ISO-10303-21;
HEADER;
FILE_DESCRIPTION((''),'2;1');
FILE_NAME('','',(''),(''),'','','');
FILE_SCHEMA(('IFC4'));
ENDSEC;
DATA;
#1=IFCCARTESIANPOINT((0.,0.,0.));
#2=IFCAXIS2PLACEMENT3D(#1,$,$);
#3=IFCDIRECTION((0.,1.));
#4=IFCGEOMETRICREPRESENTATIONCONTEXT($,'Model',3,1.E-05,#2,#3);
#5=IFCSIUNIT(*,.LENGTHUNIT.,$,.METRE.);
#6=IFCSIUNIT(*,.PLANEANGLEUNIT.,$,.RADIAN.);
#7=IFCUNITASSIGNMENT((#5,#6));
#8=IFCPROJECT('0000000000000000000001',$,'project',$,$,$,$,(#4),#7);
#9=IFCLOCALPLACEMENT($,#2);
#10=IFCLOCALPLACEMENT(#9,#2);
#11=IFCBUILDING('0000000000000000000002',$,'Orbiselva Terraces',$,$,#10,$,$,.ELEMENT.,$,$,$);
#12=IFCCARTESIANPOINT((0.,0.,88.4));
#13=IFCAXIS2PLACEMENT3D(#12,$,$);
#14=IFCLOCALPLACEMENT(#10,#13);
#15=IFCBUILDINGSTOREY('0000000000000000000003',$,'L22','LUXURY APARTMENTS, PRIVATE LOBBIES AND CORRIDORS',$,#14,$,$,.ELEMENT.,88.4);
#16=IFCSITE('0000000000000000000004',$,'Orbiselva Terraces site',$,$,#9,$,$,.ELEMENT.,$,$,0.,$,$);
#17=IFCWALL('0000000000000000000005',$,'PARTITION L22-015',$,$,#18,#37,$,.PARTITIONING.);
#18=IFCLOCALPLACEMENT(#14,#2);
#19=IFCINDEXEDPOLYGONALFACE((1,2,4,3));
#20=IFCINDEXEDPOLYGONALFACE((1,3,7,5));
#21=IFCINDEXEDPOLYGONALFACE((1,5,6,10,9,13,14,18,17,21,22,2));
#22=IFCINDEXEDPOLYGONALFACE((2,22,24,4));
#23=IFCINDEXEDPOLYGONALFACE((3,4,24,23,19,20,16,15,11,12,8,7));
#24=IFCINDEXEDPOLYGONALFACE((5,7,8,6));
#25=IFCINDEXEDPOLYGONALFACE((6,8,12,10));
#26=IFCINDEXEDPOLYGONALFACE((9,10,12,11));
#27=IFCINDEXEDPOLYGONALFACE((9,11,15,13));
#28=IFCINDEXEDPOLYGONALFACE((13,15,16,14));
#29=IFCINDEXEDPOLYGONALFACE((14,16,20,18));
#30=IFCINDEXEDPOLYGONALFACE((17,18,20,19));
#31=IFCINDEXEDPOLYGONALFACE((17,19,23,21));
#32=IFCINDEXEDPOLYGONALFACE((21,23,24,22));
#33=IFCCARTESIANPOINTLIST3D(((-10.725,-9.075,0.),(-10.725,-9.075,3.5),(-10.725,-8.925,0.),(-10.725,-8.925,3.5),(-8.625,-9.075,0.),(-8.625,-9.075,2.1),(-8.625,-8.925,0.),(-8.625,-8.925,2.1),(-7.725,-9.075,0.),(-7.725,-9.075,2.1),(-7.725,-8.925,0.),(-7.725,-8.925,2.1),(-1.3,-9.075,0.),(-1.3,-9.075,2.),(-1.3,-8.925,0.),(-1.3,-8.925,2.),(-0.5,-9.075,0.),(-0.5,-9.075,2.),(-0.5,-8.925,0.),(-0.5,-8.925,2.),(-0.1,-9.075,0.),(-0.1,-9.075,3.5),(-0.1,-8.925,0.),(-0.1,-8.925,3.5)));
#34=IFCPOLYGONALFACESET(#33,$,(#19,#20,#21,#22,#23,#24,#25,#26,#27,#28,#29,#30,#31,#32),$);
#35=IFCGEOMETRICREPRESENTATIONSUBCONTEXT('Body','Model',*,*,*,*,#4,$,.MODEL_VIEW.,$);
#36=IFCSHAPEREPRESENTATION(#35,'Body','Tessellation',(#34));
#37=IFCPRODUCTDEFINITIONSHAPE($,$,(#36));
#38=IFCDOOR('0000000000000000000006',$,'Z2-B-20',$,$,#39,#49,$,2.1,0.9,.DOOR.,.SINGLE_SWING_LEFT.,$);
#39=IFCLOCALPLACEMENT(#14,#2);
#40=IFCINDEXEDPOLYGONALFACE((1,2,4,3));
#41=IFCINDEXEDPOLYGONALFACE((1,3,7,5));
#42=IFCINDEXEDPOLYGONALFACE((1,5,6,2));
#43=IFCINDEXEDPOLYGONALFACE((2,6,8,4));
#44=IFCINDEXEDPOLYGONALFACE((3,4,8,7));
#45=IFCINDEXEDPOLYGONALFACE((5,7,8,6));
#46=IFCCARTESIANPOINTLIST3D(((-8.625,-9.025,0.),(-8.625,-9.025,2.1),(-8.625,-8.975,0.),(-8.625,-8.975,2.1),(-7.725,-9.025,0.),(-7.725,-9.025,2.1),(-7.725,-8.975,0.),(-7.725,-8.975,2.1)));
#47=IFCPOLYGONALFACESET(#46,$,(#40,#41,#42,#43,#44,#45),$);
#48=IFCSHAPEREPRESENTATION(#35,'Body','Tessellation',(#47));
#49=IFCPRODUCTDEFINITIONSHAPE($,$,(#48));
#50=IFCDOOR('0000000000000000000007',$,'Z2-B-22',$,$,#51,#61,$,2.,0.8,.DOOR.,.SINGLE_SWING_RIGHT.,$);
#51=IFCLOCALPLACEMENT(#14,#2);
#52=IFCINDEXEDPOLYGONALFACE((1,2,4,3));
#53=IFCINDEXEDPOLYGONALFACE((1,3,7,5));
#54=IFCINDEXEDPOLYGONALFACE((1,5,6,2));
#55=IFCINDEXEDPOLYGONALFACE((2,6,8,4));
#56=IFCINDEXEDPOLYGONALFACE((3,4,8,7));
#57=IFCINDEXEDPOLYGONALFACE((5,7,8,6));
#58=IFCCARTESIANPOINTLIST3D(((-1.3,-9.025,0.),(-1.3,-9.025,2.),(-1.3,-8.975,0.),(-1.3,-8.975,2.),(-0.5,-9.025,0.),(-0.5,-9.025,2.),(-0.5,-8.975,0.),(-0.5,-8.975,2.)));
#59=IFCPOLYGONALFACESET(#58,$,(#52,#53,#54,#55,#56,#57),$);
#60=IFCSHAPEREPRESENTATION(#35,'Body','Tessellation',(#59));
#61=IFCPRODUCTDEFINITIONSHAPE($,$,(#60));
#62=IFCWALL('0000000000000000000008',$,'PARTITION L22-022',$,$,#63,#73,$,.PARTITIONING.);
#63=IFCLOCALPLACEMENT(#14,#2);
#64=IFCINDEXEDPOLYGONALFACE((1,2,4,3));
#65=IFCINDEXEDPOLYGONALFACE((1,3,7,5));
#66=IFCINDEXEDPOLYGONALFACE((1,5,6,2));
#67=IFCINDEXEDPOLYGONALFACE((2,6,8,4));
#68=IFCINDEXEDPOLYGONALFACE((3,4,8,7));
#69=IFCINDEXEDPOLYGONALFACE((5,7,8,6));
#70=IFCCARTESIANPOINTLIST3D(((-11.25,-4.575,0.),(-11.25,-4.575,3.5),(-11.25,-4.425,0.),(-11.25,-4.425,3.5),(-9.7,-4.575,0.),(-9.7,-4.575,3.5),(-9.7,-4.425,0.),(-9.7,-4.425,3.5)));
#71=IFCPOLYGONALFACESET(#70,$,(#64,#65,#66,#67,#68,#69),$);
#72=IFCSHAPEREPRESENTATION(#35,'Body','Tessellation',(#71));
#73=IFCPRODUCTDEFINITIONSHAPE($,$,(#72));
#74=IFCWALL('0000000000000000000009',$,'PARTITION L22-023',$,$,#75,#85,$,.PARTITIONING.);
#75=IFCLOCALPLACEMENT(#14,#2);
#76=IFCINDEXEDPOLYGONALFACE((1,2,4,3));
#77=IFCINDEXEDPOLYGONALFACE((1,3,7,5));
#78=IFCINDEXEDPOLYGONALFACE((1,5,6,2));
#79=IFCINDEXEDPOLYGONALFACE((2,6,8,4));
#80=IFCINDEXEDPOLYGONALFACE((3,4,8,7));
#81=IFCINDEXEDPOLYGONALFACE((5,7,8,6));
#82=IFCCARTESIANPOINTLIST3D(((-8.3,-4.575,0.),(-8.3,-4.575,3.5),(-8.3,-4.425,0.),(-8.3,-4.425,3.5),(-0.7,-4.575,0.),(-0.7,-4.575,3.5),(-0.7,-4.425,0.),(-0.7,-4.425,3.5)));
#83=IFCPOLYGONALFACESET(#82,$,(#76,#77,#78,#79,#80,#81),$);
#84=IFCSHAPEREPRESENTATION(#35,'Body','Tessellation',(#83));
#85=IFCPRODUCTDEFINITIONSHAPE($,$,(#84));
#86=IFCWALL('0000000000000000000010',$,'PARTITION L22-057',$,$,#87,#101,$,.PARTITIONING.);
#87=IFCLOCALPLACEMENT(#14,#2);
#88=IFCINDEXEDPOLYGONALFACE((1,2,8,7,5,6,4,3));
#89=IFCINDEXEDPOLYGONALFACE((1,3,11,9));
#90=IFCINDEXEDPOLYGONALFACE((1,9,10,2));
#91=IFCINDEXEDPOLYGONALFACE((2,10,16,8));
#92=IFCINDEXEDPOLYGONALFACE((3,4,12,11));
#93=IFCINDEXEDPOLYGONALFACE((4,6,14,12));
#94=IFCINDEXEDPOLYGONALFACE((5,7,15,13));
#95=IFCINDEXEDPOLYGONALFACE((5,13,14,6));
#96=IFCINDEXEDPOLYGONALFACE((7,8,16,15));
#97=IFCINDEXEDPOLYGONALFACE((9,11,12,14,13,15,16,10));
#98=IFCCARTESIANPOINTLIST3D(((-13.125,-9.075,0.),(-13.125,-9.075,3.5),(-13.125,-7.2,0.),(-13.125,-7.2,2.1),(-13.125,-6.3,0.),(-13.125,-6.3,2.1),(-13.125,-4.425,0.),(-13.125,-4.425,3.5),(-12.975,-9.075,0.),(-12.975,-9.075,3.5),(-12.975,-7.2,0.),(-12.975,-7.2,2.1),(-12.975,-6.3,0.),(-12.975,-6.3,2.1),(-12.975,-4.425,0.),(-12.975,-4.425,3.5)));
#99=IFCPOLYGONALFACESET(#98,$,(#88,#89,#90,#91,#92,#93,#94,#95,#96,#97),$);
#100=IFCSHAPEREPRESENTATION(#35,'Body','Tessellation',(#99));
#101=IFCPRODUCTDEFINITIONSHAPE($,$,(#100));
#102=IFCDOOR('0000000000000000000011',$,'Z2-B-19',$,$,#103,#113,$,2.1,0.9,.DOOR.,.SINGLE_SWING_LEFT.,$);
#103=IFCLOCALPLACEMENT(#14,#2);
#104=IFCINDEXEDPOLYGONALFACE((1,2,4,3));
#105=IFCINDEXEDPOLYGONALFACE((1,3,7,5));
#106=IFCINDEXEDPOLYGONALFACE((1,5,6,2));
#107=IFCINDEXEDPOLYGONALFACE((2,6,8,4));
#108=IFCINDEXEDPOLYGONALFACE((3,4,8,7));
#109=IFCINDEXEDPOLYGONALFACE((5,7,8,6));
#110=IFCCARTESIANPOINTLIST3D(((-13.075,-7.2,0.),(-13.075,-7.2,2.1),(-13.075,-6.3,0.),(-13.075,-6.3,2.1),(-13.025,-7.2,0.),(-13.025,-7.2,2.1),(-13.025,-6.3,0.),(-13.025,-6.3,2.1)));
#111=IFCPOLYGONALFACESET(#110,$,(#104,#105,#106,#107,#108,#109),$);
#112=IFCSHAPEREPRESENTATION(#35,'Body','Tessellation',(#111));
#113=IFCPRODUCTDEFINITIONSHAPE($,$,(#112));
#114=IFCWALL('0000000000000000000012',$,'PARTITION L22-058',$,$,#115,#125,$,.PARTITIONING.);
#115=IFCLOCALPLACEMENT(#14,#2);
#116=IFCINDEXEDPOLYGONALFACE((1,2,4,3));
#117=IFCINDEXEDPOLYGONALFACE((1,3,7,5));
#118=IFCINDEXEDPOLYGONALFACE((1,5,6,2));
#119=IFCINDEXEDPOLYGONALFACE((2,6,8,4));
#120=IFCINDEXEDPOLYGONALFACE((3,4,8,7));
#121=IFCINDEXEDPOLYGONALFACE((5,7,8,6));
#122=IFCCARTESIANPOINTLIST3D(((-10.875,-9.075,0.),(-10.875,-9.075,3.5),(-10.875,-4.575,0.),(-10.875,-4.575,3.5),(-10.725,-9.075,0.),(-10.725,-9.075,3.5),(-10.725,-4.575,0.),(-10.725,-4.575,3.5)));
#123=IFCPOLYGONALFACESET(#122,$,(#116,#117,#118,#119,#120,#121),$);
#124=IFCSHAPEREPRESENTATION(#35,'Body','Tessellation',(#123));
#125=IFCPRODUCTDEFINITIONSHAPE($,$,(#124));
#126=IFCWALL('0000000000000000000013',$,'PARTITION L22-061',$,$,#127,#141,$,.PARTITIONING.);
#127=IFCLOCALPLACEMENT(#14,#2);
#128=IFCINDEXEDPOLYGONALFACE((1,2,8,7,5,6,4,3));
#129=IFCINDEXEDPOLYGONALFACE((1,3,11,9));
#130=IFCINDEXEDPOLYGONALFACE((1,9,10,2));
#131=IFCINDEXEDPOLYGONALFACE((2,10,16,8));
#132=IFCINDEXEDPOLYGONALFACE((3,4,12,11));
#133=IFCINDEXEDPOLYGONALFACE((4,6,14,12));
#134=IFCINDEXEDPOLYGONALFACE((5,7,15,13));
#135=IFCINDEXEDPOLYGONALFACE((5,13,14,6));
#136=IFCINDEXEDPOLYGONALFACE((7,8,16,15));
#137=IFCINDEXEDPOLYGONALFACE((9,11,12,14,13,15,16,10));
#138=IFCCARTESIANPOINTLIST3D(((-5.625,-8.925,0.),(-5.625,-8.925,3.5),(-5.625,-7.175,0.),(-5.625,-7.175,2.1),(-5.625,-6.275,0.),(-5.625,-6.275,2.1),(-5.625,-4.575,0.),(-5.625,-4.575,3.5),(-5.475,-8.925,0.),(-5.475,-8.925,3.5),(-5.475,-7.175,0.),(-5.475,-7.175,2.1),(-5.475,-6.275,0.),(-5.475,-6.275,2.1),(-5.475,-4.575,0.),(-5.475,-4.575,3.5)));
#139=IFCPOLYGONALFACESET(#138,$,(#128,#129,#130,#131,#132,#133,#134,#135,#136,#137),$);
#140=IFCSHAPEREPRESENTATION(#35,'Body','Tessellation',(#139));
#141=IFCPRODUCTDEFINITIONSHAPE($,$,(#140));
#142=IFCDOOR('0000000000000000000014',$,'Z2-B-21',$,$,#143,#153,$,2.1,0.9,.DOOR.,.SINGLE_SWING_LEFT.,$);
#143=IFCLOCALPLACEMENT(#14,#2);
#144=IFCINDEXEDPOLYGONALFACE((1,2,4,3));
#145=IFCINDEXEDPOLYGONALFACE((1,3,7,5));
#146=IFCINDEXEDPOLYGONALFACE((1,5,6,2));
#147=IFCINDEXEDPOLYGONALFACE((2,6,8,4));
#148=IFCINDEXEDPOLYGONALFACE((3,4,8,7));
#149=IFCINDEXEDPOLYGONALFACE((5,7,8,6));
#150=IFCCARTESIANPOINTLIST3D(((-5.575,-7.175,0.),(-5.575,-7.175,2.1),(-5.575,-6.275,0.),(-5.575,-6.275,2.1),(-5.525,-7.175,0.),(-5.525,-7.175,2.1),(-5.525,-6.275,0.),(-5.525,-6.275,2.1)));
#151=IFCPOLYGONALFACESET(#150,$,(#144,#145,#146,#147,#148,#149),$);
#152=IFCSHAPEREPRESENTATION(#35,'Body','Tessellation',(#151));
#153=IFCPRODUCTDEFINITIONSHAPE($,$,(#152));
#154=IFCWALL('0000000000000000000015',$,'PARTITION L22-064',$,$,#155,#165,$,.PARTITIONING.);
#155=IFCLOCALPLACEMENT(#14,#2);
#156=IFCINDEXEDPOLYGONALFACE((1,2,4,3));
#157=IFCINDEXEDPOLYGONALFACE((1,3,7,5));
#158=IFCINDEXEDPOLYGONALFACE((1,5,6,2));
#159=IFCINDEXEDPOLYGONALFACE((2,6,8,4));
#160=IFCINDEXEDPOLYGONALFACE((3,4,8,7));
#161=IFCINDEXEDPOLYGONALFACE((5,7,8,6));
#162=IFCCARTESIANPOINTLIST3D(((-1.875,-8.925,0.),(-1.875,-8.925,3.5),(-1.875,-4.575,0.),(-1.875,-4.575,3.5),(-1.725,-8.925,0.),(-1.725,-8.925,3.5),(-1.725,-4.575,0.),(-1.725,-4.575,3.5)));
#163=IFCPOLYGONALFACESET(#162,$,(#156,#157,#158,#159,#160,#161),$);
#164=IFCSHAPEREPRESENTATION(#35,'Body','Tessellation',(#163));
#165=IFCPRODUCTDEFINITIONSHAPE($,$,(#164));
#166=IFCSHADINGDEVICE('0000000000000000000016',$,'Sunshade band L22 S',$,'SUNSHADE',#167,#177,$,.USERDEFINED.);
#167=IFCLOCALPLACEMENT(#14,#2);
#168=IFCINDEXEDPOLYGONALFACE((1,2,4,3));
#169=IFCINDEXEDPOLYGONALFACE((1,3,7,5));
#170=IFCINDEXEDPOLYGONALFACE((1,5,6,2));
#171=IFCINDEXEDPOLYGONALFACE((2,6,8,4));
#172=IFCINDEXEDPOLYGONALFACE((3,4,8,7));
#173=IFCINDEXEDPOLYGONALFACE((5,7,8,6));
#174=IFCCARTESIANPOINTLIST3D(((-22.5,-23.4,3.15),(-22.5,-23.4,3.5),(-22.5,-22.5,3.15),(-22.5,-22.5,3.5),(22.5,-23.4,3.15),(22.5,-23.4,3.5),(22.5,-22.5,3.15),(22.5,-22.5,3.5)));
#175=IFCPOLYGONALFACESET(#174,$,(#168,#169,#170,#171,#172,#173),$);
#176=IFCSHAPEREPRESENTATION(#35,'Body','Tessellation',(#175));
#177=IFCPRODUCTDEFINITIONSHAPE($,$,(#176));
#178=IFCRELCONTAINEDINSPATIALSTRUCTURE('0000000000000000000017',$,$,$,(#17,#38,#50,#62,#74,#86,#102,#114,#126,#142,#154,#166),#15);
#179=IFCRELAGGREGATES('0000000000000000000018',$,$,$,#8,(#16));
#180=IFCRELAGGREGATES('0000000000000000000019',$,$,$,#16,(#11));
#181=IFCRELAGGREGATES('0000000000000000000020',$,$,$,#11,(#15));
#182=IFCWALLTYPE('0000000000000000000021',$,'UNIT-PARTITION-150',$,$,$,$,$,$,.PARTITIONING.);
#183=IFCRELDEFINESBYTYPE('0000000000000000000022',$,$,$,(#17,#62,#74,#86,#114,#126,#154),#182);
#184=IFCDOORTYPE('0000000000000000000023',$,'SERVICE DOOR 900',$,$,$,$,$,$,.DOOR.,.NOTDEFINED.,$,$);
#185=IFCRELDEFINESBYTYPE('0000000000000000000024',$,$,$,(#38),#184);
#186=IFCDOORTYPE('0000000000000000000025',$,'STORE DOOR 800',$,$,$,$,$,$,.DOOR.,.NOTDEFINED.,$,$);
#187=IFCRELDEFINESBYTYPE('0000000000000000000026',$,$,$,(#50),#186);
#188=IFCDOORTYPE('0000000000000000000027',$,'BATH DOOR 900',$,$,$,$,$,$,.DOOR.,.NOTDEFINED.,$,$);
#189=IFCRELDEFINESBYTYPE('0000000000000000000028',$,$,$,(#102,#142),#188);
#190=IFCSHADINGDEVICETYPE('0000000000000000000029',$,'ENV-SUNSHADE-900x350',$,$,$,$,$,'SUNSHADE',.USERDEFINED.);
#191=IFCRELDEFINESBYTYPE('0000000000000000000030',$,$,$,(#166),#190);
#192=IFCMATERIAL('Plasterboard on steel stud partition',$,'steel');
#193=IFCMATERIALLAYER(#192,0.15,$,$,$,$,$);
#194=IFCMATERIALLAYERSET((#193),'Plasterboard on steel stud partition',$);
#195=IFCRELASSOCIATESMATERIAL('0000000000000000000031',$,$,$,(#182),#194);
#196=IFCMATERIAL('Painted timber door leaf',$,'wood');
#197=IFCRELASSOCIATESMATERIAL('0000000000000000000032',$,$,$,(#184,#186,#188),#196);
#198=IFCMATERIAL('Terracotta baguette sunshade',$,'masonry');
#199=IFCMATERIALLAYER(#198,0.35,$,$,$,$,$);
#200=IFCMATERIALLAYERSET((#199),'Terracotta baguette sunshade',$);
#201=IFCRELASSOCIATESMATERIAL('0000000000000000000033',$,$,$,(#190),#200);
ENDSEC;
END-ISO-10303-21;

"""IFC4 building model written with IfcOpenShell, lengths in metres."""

from ifc_helpers import new_model, si_unit, direction, frame, frame_2d, origin, place, context, subcontext, project, spatial, polyline, rectangle, outline, extrude, material, layer, layer_set, type_object, element, fill, save


model = new_model("IFC4")

# Units and contexts
model_context = context("Model", 3, precision=1e-05, world=origin(), true_north=direction((0.0, 1.0)))
body_context = subcontext(model_context, "Body", "Model", "MODEL_VIEW")
ifc_project = project(units=[si_unit("LENGTHUNIT", "METRE"), si_unit("PLANEANGLEUNIT", "RADIAN")], contexts=[model_context])

# Site, building, storey
site_placement = place(None, origin())
site = spatial("IfcSite", under=ifc_project, at=site_placement, Name="Orbiselva Terraces site", CompositionType="ELEMENT", RefElevation=0.0)
building_placement = place(site_placement, origin())
building = spatial("IfcBuilding", under=site, at=building_placement, Name="Orbiselva Terraces", CompositionType="ELEMENT")
storey_placement = place(building_placement, frame((0.0, 0.0, 88.4)))
storey = spatial("IfcBuildingStorey", under=building, at=storey_placement, Name="L22", Description="LUXURY APARTMENTS, PRIVATE LOBBIES AND CORRIDORS", CompositionType="ELEMENT", Elevation=88.4)

# Shared definitions
ifc_material_1 = material(Name="Plasterboard on steel stud partition", Category="steel")
ifc_material_2 = material(Name="Painted timber door leaf", Category="wood")

# Wall, openings, doors
ifc_layer_1 = layer(ifc_material_1, 0.15)
ifc_layer_set_1 = layer_set([ifc_layer_1], Name="Plasterboard on steel stud partition")
wall_type_1 = type_object("IfcWallType", Name="UNIT-PARTITION-150", PredefinedType="PARTITIONING", material=ifc_layer_set_1)
wall_1_placement = place(storey_placement, frame((-10.725, -9.0, 0.0), z_axis=(0.0, 0.0, 1.0), x_axis=(1.0, 0.0, 0.0)))
wall_1 = element("IfcWall", 1, at=wall_1_placement, inside=storey, type_object=wall_type_1, Name="PARTITION L22-015", PredefinedType="PARTITIONING", context=body_context, shape_type="SweptSolid", body=[
    extrude(rectangle(XDim=10.625, YDim=0.15, at=frame_2d((5.3125, 0.0))), origin(), (0.0, 0.0, 1.0), 3.5),
])
opening_1_placement = place(wall_1_placement, frame((2.1, 0.0, 0.0)))
opening_1 = element("IfcOpeningElement", 2, at=opening_1_placement, cuts=wall_1, PredefinedType="OPENING", context=body_context, shape_type="SweptSolid", body=[
    extrude(rectangle(XDim=0.9, YDim=2.1, at=frame_2d((0.45, 1.05))), frame((0.0, 0.085, 0.0), z_axis=(0.0, -1.0, 0.0), x_axis=(1.0, 0.0, 0.0)), (0.0, 0.0, 1.0), 0.17),
])
opening_2_placement = place(wall_1_placement, frame((9.425, 0.0, 0.0)))
opening_2 = element("IfcOpeningElement", 3, at=opening_2_placement, cuts=wall_1, PredefinedType="OPENING", context=body_context, shape_type="SweptSolid", body=[
    extrude(rectangle(XDim=0.8, YDim=2.0, at=frame_2d((0.4, 1.0))), frame((0.0, 0.085, 0.0), z_axis=(0.0, -1.0, 0.0), x_axis=(1.0, 0.0, 0.0)), (0.0, 0.0, 1.0), 0.17),
])
door_type_1 = type_object("IfcDoorType", Name="SERVICE DOOR 900", OperationType="NOTDEFINED", PredefinedType="DOOR", material=ifc_material_2)
door_1_placement = place(opening_1_placement, origin())
door_1 = element("IfcDoor", 4, at=door_1_placement, inside=storey, type_object=door_type_1, Name="Z2-B-20", OperationType="SINGLE_SWING_LEFT", OverallHeight=2.1, OverallWidth=0.9, PredefinedType="DOOR", context=body_context, shape_type="SweptSolid", body=[
    extrude(rectangle(XDim=0.9, YDim=2.1, at=frame_2d((0.45, 1.05))), frame((0.0, 0.025, 0.0), z_axis=(0.0, -1.0, 0.0), x_axis=(1.0, 0.0, 0.0)), (0.0, 0.0, 1.0), 0.05),
])
fill(opening_1, door_1)
door_type_2 = type_object("IfcDoorType", Name="STORE DOOR 800", OperationType="NOTDEFINED", PredefinedType="DOOR", material=ifc_material_2)
door_2_placement = place(opening_2_placement, origin())
door_2 = element("IfcDoor", 5, at=door_2_placement, inside=storey, type_object=door_type_2, Name="Z2-B-22", OperationType="SINGLE_SWING_RIGHT", OverallHeight=2.0, OverallWidth=0.8, PredefinedType="DOOR", context=body_context, shape_type="SweptSolid", body=[
    extrude(rectangle(XDim=0.8, YDim=2.0, at=frame_2d((0.4, 1.0))), frame((0.0, 0.025, 0.0), z_axis=(0.0, -1.0, 0.0), x_axis=(1.0, 0.0, 0.0)), (0.0, 0.0, 1.0), 0.05),
])
fill(opening_2, door_2)

# Walls
wall_2_placement = place(storey_placement, frame((-11.25, -4.5, 0.0), z_axis=(0.0, 0.0, 1.0), x_axis=(1.0, 0.0, 0.0)))
element("IfcWall", 6, at=wall_2_placement, inside=storey, type_object=wall_type_1, Name="PARTITION L22-022", PredefinedType="PARTITIONING", context=body_context, shape_type="SweptSolid", body=[
    extrude(rectangle(XDim=1.55, YDim=0.15, at=frame_2d((0.775, 0.0))), origin(), (0.0, 0.0, 1.0), 3.5),
])
wall_3_placement = place(storey_placement, frame((-8.3, -4.5, 0.0), z_axis=(0.0, 0.0, 1.0), x_axis=(1.0, 0.0, 0.0)))
element("IfcWall", 7, at=wall_3_placement, inside=storey, type_object=wall_type_1, Name="PARTITION L22-023", PredefinedType="PARTITIONING", context=body_context, shape_type="SweptSolid", body=[
    extrude(rectangle(XDim=7.6, YDim=0.15, at=frame_2d((3.8, 0.0))), origin(), (0.0, 0.0, 1.0), 3.5),
])

# Wall, opening, door
wall_4_placement = place(storey_placement, frame((-13.05, -9.075, 0.0), z_axis=(0.0, 0.0, 1.0), x_axis=(0.0, 1.0, 0.0)))
wall_4 = element("IfcWall", 8, at=wall_4_placement, inside=storey, type_object=wall_type_1, Name="PARTITION L22-057", PredefinedType="PARTITIONING", context=body_context, shape_type="SweptSolid", body=[
    extrude(rectangle(XDim=4.65, YDim=0.15, at=frame_2d((2.325, 0.0))), origin(), (0.0, 0.0, 1.0), 3.5),
])
opening_3_placement = place(wall_4_placement, frame((1.875, 0.0, 0.0)))
opening_3 = element("IfcOpeningElement", 9, at=opening_3_placement, cuts=wall_4, PredefinedType="OPENING", context=body_context, shape_type="SweptSolid", body=[
    extrude(rectangle(XDim=0.9, YDim=2.1, at=frame_2d((0.45, 1.05))), frame((0.0, 0.085, 0.0), z_axis=(0.0, -1.0, 0.0), x_axis=(1.0, 0.0, 0.0)), (0.0, 0.0, 1.0), 0.17),
])
door_type_3 = type_object("IfcDoorType", Name="BATH DOOR 900", OperationType="NOTDEFINED", PredefinedType="DOOR", material=ifc_material_2)
door_3_placement = place(opening_3_placement, origin())
door_3 = element("IfcDoor", 10, at=door_3_placement, inside=storey, type_object=door_type_3, Name="Z2-B-19", OperationType="SINGLE_SWING_LEFT", OverallHeight=2.1, OverallWidth=0.9, PredefinedType="DOOR", context=body_context, shape_type="SweptSolid", body=[
    extrude(rectangle(XDim=0.9, YDim=2.1, at=frame_2d((0.45, 1.05))), frame((0.0, 0.025, 0.0), z_axis=(0.0, -1.0, 0.0), x_axis=(1.0, 0.0, 0.0)), (0.0, 0.0, 1.0), 0.05),
])
fill(opening_3, door_3)

# Wall
wall_5_placement = place(storey_placement, frame((-10.8, -9.075, 0.0), z_axis=(0.0, 0.0, 1.0), x_axis=(0.0, 1.0, 0.0)))
element("IfcWall", 11, at=wall_5_placement, inside=storey, type_object=wall_type_1, Name="PARTITION L22-058", PredefinedType="PARTITIONING", context=body_context, shape_type="SweptSolid", body=[
    extrude(rectangle(XDim=4.5, YDim=0.15, at=frame_2d((2.25, 0.0))), origin(), (0.0, 0.0, 1.0), 3.5),
])

# Wall, opening, door
wall_6_placement = place(storey_placement, frame((-5.55, -4.575, 0.0), z_axis=(0.0, 0.0, 1.0), x_axis=(0.0, -1.0, 0.0)))
wall_6 = element("IfcWall", 12, at=wall_6_placement, inside=storey, type_object=wall_type_1, Name="PARTITION L22-061", PredefinedType="PARTITIONING", context=body_context, shape_type="SweptSolid", body=[
    extrude(rectangle(XDim=4.35, YDim=0.15, at=frame_2d((2.175, 0.0))), origin(), (0.0, 0.0, 1.0), 3.5),
])
opening_4_placement = place(wall_6_placement, frame((1.7, 0.0, 0.0)))
opening_4 = element("IfcOpeningElement", 13, at=opening_4_placement, cuts=wall_6, PredefinedType="OPENING", context=body_context, shape_type="SweptSolid", body=[
    extrude(rectangle(XDim=0.9, YDim=2.1, at=frame_2d((0.45, 1.05))), frame((0.0, 0.085, 0.0), z_axis=(0.0, -1.0, 0.0), x_axis=(1.0, 0.0, 0.0)), (0.0, 0.0, 1.0), 0.17),
])
door_4_placement = place(opening_4_placement, origin())
door_4 = element("IfcDoor", 14, at=door_4_placement, inside=storey, type_object=door_type_3, Name="Z2-B-21", OperationType="SINGLE_SWING_LEFT", OverallHeight=2.1, OverallWidth=0.9, PredefinedType="DOOR", context=body_context, shape_type="SweptSolid", body=[
    extrude(rectangle(XDim=0.9, YDim=2.1, at=frame_2d((0.45, 1.05))), frame((0.0, 0.025, 0.0), z_axis=(0.0, -1.0, 0.0), x_axis=(1.0, 0.0, 0.0)), (0.0, 0.0, 1.0), 0.05),
])
fill(opening_4, door_4)

# Wall
wall_7_placement = place(storey_placement, frame((-1.8, -8.925, 0.0), z_axis=(0.0, 0.0, 1.0), x_axis=(0.0, 1.0, 0.0)))
element("IfcWall", 15, at=wall_7_placement, inside=storey, type_object=wall_type_1, Name="PARTITION L22-064", PredefinedType="PARTITIONING", context=body_context, shape_type="SweptSolid", body=[
    extrude(rectangle(XDim=4.35, YDim=0.15, at=frame_2d((2.175, 0.0))), origin(), (0.0, 0.0, 1.0), 3.5),
])

# Shading device
ifc_material_3 = material(Name="Terracotta baguette sunshade", Category="masonry")
ifc_layer_2 = layer(ifc_material_3, 0.35)
ifc_layer_set_2 = layer_set([ifc_layer_2], Name="Terracotta baguette sunshade")
shading_device_type = type_object("IfcShadingDeviceType", Name="ENV-SUNSHADE-900x350", ElementType="SUNSHADE", PredefinedType="USERDEFINED", material=ifc_layer_set_2)
shading_device_1_placement = place(storey_placement, frame((0.0, 0.0, 3.15)))
element("IfcShadingDevice", 16, at=shading_device_1_placement, inside=storey, type_object=shading_device_type, Name="Sunshade band L22 S", ObjectType="SUNSHADE", PredefinedType="USERDEFINED", context=body_context, shape_type="SweptSolid", body=[
    extrude(outline(polyline([(-22.5, -23.4), (22.5, -23.4), (22.5, -22.5), (-22.5, -22.5), (-22.5, -23.4)])), origin(), (0.0, 0.0, 1.0), 0.35),
])

save(model, "model.ifc")
